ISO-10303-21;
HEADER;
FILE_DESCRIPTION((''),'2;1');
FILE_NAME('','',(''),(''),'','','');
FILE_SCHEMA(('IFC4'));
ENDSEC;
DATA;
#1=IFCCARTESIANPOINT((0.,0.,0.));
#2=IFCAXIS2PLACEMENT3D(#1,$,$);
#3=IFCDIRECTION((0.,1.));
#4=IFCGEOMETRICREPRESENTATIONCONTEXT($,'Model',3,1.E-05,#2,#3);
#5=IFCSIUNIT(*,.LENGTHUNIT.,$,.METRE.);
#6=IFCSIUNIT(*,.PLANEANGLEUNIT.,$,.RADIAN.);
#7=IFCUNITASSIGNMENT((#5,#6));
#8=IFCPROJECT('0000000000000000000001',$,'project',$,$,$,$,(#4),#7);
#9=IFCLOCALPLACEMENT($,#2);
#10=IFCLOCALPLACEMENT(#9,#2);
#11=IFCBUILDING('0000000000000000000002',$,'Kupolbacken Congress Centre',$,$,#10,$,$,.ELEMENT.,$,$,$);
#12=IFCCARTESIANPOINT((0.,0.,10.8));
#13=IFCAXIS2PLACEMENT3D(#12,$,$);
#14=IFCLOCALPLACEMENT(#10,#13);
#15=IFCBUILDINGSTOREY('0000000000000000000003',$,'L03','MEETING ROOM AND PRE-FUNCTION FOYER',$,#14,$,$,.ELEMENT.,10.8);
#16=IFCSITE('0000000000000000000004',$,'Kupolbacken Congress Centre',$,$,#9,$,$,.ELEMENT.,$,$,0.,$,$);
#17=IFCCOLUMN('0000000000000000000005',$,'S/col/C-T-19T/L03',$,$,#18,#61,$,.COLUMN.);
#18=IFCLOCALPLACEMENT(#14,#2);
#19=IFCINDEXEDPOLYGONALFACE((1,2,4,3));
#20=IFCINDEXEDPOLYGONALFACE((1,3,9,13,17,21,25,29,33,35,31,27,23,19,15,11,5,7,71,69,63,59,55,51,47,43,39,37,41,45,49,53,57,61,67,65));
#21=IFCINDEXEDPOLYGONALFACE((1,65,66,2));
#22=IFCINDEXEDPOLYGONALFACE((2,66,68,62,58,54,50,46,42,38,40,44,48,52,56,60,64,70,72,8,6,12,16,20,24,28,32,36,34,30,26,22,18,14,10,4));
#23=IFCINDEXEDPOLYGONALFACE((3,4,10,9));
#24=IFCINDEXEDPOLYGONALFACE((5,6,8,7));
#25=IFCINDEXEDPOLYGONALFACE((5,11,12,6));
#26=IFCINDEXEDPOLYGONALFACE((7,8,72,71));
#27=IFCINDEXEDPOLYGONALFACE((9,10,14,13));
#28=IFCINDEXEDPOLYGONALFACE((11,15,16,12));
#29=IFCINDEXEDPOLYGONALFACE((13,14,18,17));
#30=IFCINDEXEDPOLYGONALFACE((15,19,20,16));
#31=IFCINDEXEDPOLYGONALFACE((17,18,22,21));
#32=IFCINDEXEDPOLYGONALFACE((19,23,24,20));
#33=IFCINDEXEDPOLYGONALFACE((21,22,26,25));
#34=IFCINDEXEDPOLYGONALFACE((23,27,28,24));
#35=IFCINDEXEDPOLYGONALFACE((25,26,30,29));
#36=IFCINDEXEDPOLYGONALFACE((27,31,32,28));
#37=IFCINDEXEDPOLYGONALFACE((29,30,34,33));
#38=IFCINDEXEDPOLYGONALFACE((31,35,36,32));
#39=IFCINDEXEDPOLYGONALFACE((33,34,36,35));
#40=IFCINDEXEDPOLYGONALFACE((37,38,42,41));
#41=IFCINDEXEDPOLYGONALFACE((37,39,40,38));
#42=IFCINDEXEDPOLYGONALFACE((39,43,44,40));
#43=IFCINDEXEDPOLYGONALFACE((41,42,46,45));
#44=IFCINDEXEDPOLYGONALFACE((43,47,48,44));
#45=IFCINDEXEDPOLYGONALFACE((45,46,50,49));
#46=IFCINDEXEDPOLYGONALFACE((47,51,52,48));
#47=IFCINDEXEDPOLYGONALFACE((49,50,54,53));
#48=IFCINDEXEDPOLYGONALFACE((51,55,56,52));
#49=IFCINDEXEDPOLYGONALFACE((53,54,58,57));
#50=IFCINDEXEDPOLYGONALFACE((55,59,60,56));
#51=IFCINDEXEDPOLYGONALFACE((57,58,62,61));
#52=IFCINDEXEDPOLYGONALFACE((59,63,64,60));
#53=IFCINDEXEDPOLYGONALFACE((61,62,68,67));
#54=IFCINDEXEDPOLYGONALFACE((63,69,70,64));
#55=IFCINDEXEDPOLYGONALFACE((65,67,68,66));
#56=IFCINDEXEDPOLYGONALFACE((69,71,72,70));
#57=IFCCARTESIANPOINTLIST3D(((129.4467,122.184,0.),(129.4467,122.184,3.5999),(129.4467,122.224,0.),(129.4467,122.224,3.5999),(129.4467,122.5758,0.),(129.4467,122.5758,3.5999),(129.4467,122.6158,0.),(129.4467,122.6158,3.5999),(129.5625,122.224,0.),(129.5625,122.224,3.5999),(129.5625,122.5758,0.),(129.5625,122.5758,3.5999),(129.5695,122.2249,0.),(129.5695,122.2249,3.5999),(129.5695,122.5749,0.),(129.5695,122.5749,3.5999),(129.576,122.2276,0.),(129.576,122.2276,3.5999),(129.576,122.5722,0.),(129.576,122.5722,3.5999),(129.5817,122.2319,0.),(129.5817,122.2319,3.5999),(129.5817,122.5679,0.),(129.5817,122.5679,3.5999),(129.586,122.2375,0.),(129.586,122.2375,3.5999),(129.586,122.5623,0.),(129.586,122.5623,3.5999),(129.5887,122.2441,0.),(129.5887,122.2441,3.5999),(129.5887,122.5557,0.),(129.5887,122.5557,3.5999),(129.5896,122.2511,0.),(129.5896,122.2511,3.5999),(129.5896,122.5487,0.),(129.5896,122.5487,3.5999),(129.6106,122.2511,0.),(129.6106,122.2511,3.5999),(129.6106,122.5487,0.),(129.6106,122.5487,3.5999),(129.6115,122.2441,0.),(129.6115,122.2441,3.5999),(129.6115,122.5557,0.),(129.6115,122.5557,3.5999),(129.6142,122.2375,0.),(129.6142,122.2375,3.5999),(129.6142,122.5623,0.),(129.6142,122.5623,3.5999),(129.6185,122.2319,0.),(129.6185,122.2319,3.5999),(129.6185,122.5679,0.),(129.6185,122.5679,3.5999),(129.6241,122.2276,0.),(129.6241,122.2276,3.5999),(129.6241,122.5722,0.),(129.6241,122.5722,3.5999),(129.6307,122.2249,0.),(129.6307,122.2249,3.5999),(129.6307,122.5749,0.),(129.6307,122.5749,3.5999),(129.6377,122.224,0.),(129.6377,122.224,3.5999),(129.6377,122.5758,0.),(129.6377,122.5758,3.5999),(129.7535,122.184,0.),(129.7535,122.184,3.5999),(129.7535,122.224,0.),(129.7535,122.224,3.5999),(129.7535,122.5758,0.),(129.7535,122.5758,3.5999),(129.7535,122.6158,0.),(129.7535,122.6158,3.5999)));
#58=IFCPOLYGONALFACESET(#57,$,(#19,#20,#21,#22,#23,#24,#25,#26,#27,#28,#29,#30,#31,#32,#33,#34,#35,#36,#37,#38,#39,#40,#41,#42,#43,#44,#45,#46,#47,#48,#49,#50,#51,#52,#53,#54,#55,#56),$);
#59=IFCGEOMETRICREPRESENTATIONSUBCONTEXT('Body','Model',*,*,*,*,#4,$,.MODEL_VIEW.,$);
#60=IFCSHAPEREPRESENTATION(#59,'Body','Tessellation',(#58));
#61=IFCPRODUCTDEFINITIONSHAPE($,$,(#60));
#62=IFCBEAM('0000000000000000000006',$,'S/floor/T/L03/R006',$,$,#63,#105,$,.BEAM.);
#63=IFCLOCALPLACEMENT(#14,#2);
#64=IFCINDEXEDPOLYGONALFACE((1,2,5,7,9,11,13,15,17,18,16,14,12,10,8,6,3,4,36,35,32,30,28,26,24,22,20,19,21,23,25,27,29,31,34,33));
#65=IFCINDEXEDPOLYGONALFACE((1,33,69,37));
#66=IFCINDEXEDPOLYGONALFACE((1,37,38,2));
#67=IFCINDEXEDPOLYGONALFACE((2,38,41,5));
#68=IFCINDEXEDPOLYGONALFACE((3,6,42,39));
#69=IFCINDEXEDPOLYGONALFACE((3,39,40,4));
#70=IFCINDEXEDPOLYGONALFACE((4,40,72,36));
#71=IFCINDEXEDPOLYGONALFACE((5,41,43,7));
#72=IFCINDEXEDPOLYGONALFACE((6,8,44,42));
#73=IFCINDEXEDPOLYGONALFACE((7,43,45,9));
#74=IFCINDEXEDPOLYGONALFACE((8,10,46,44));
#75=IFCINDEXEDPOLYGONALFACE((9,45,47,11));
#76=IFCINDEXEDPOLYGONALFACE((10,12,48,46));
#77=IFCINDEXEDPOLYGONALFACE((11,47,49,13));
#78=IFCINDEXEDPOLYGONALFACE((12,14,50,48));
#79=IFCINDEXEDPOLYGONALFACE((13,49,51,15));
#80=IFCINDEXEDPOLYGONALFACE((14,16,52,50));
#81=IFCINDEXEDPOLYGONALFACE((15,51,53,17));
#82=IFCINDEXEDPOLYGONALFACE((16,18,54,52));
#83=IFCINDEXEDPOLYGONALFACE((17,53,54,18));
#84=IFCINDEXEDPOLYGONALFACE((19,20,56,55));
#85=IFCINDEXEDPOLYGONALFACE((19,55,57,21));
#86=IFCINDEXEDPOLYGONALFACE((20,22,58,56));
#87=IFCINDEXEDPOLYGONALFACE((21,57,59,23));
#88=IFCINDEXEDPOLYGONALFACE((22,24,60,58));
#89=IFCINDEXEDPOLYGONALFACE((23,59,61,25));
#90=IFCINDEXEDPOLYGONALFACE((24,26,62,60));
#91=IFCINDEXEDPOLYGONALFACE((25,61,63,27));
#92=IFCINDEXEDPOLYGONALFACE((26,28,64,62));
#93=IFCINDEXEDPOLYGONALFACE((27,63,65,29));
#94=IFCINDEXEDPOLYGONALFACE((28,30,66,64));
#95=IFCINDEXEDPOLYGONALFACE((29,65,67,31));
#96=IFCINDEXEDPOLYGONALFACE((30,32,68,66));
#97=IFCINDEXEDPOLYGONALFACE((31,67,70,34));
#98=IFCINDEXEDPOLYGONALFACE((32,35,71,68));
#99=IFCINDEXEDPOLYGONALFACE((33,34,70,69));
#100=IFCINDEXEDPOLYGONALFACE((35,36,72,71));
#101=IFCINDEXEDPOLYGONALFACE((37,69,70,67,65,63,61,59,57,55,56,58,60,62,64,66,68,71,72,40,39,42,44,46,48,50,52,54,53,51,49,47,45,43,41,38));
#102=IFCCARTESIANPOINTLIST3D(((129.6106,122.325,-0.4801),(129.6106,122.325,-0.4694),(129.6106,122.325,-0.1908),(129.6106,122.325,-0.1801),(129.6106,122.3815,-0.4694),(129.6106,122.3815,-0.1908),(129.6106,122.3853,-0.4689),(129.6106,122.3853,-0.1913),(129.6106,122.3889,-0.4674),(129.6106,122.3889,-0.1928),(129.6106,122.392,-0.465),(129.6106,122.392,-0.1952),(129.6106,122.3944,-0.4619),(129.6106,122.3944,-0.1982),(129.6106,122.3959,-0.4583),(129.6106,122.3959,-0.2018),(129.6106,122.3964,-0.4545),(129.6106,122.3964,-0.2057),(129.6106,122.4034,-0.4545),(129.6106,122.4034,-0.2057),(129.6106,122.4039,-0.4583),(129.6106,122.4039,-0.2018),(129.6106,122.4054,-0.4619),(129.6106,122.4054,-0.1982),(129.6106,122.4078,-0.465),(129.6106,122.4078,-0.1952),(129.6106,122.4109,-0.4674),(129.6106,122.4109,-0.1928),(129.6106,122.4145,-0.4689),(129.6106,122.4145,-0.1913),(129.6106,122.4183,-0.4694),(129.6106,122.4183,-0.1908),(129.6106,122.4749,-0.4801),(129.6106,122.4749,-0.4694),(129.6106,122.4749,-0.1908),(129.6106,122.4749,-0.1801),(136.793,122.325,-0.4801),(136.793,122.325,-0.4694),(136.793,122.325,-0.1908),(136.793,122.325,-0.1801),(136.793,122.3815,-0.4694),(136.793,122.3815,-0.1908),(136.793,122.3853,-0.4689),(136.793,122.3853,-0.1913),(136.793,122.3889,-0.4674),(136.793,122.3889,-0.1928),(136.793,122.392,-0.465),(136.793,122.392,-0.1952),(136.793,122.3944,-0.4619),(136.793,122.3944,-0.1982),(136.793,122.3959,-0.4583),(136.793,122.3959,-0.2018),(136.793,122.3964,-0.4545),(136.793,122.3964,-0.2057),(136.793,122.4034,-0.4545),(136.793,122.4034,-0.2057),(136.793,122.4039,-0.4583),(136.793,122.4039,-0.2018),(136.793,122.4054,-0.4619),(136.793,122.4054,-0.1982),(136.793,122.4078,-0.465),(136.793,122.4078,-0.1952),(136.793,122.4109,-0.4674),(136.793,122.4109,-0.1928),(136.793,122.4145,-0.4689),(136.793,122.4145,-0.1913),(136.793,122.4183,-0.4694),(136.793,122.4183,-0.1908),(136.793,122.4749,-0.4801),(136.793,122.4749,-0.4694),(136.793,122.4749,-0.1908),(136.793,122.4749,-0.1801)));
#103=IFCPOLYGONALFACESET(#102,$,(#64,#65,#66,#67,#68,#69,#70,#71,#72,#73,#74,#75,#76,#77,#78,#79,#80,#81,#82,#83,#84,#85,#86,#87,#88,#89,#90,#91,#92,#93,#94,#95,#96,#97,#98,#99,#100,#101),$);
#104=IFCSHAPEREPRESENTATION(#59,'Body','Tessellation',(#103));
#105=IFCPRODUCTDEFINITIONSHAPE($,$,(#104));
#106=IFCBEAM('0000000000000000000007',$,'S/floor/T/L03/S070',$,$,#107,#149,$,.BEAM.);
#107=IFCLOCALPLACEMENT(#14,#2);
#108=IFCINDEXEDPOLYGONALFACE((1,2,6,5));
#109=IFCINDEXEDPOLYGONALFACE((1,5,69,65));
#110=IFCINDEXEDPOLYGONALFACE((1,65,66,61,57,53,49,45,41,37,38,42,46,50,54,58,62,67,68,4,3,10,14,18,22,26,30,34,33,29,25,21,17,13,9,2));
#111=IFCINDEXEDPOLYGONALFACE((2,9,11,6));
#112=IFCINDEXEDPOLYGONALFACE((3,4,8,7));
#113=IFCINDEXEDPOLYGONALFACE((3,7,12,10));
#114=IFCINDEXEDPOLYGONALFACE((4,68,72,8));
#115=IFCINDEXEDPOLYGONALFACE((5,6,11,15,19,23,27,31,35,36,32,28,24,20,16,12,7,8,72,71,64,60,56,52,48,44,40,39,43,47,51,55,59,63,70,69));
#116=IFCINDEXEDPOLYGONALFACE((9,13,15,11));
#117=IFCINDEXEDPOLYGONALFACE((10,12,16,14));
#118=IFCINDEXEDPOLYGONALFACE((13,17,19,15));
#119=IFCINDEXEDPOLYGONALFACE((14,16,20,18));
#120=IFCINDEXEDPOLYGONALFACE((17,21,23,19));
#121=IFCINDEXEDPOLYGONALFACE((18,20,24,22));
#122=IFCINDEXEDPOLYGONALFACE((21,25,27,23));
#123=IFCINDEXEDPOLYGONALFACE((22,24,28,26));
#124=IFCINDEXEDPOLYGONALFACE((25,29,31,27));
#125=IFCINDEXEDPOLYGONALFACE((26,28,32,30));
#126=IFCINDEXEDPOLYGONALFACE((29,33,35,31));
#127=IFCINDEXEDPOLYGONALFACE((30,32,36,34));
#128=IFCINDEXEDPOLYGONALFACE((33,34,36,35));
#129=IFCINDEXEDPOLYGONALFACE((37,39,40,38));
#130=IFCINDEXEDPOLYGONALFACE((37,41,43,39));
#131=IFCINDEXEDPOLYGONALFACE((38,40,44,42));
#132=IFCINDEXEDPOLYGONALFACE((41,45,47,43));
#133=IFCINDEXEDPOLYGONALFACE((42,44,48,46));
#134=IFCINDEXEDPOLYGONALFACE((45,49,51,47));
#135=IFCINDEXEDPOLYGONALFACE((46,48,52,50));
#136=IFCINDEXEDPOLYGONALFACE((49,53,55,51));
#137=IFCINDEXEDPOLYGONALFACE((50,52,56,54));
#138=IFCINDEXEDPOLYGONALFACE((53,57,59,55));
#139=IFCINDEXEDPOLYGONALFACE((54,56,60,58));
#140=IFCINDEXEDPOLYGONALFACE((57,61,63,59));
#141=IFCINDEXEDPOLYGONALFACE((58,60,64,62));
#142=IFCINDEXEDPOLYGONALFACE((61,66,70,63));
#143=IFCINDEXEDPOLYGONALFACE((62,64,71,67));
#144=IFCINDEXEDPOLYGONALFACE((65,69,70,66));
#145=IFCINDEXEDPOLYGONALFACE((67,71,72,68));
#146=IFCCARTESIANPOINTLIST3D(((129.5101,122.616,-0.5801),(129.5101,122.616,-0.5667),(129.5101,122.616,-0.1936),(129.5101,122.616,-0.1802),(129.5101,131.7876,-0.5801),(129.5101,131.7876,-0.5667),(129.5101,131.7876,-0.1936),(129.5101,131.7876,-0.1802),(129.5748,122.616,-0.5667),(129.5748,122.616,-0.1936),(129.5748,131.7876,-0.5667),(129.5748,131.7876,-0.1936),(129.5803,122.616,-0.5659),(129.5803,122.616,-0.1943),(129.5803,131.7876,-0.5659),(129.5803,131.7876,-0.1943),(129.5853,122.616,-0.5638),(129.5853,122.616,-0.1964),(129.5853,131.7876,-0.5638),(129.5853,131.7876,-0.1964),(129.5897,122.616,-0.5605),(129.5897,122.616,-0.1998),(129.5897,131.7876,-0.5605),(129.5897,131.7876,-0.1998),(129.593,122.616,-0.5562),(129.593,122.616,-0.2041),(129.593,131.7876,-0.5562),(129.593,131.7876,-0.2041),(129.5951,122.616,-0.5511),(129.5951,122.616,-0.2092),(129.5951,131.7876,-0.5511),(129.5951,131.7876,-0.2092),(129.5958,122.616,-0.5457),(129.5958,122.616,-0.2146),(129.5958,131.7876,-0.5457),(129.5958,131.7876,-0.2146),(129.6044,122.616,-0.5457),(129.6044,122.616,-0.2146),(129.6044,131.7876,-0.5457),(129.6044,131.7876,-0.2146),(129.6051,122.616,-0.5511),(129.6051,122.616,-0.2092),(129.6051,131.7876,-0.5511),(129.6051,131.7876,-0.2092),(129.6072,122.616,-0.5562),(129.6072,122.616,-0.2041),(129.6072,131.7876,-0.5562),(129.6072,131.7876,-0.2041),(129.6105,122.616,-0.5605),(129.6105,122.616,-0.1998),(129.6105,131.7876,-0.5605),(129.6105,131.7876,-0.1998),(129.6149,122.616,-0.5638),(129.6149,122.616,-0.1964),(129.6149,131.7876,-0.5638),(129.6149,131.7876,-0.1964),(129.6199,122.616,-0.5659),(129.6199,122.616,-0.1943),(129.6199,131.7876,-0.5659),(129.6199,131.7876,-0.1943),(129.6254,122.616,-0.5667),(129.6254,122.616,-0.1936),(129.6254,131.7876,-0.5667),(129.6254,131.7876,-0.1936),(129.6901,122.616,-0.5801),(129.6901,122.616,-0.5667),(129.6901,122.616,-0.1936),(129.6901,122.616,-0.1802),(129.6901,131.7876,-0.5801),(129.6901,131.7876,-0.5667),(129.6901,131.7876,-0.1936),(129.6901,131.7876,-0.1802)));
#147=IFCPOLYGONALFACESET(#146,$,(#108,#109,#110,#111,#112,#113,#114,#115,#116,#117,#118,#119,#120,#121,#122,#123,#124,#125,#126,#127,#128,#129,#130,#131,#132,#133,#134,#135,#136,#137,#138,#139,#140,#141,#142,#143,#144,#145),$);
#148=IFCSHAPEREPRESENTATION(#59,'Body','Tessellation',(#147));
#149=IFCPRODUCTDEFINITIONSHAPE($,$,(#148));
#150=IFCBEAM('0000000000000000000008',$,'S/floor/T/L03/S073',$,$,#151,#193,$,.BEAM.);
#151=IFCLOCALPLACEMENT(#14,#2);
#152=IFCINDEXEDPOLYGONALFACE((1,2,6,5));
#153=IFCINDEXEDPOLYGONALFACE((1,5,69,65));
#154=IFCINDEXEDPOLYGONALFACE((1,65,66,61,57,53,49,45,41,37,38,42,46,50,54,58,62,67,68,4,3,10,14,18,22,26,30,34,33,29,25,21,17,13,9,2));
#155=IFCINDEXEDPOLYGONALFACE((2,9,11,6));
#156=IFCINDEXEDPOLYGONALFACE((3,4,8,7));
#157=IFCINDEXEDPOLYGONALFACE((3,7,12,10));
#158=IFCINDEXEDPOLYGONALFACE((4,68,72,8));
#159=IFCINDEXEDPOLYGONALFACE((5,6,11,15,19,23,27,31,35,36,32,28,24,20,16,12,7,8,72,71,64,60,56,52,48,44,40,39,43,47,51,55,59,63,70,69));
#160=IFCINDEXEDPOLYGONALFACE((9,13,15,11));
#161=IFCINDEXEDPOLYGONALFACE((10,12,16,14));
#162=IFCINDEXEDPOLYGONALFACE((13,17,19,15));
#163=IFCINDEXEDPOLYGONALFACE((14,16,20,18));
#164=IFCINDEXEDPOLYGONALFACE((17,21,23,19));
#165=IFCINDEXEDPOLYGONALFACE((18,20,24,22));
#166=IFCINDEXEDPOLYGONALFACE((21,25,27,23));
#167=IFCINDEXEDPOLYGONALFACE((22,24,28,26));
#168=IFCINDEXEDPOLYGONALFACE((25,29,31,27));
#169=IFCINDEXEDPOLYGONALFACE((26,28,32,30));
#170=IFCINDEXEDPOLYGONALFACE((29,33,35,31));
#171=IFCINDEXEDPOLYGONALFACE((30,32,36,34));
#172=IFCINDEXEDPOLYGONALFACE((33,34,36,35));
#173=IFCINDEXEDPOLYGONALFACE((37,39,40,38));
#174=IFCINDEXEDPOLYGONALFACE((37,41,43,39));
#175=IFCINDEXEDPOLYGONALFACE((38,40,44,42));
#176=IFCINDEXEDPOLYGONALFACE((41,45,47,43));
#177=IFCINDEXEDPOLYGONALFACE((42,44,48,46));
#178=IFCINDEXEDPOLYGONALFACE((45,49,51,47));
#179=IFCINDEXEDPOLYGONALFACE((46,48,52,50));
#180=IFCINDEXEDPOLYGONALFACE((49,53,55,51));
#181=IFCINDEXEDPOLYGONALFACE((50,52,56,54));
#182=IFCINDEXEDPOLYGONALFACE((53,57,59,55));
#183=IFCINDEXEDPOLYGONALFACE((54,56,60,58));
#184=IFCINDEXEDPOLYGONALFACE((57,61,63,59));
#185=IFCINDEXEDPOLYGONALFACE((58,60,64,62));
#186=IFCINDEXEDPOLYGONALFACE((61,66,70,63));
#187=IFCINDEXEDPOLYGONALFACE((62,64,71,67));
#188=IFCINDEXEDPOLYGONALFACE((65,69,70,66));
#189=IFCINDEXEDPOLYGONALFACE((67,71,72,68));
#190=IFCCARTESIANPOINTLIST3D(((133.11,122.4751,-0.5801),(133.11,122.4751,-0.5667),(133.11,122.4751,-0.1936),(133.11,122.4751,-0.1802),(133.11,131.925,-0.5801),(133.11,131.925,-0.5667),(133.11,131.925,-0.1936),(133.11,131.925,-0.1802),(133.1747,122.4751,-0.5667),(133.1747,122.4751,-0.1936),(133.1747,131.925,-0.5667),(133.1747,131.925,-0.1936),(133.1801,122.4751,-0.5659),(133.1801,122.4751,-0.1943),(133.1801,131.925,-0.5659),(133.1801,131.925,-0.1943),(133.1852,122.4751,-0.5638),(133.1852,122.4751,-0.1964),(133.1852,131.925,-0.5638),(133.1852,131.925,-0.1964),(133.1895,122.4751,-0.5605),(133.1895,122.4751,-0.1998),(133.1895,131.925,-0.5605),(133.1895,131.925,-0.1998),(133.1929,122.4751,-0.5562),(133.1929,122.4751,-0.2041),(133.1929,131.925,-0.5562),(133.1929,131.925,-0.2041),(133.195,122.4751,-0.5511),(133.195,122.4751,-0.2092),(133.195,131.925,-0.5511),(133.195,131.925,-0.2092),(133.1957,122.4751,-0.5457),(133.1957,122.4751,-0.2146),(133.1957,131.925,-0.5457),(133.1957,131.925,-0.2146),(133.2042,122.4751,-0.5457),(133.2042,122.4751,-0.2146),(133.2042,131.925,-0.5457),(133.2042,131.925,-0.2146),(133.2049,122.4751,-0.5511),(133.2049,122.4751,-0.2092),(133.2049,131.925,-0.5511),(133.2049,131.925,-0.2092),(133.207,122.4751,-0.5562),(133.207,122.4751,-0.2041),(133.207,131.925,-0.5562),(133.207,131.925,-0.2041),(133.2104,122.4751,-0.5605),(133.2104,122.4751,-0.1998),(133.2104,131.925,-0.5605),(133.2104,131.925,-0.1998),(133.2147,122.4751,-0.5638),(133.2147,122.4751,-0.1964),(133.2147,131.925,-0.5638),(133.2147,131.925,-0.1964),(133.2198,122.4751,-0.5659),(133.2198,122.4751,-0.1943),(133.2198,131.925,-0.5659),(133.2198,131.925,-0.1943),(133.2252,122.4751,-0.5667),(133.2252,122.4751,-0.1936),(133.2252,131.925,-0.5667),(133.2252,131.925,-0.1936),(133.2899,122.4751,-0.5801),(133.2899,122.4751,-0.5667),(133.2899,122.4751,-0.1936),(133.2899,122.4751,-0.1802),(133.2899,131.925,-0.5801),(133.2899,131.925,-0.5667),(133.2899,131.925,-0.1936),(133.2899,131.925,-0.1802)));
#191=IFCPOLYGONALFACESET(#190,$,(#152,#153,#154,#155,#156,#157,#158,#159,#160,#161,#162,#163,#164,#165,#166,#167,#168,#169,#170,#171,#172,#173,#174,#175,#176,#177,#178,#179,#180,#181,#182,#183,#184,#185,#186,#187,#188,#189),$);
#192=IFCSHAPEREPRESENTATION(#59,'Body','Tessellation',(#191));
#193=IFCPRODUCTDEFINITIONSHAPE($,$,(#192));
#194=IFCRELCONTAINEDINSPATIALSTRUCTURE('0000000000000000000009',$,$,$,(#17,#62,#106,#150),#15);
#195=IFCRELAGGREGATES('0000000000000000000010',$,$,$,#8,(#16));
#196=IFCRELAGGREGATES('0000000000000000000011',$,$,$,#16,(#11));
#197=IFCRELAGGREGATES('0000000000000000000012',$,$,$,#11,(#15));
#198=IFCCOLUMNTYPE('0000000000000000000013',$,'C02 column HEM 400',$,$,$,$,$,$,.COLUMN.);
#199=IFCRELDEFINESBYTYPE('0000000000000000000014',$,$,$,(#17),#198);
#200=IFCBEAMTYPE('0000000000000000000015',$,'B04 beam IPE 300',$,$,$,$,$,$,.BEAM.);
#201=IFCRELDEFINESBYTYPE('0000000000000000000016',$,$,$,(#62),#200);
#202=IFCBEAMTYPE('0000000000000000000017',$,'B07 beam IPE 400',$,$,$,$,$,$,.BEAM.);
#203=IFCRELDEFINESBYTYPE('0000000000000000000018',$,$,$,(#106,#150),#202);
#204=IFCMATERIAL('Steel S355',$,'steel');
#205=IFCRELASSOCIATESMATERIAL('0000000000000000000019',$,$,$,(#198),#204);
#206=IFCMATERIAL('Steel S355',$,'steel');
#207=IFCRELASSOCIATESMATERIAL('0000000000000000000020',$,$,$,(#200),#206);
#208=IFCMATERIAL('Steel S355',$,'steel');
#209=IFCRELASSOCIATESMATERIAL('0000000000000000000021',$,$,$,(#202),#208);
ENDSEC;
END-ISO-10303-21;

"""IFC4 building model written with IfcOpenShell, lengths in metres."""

from ifc_helpers import new_model, si_unit, direction, frame, origin, origin_2d, place, context, subcontext, project, spatial, i_section, extrude, material, material_profile, profile_set, type_object, element, save


model = new_model("IFC4")

# Units and contexts
model_context = context("Model", 3, precision=1e-05, world=origin(), true_north=direction((0.0, 1.0)))
body_context = subcontext(model_context, "Body", "Model", "MODEL_VIEW")
ifc_project = project(units=[si_unit("LENGTHUNIT", "METRE"), si_unit("PLANEANGLEUNIT", "RADIAN")], contexts=[model_context])

# Site, building, storey
site_placement = place(None, origin())
site = spatial("IfcSite", under=ifc_project, at=site_placement, Name="Kupolbacken Congress Centre", CompositionType="ELEMENT", RefElevation=0.0)
building_placement = place(site_placement, origin())
building = spatial("IfcBuilding", under=site, at=building_placement, Name="Kupolbacken Congress Centre", CompositionType="ELEMENT")
storey_placement = place(building_placement, frame((0.0, 0.0, 10.8)))
storey = spatial("IfcBuildingStorey", under=building, at=storey_placement, Name="L03", Description="MEETING ROOM AND PRE-FUNCTION FOYER", CompositionType="ELEMENT", Elevation=10.8)

# Column
ifc_material_1 = material(Name="Steel S355", Category="steel")
ifc_material_profile_1 = material_profile(ifc_material_1, i_section(OverallWidth=0.3069, OverallDepth=0.4319, WebThickness=0.021, FlangeThickness=0.04, FilletRadius=0.0271, at=origin_2d()), Name="HEM 400")
ifc_profile_set_1 = profile_set([ifc_material_profile_1], Name="Steel S355")
column_type = type_object("IfcColumnType", Name="C02 column HEM 400", PredefinedType="COLUMN", material=ifc_profile_set_1)
column_placement = place(storey_placement, frame((129.6001, 122.3999, 0.0), z_axis=(0.0, 0.0, 1.0), x_axis=(1.0, 0.0, 0.0)))
element("IfcColumn", 1, at=column_placement, inside=storey, type_object=column_type, Name="S/col/C-T-19T/L03", PredefinedType="COLUMN", context=body_context, shape_type="SweptSolid", body=[
    extrude(i_section(OverallWidth=0.3069, OverallDepth=0.4319, WebThickness=0.021, FlangeThickness=0.04, FilletRadius=0.0271, at=origin_2d()), origin(), (0.0, 0.0, 1.0), 3.5999),
])

# Beams
ifc_material_2 = material(Name="Steel S355", Category="steel")
ifc_material_profile_2 = material_profile(ifc_material_2, i_section(OverallWidth=0.1499, OverallDepth=0.3, WebThickness=0.0071, FlangeThickness=0.0107, FilletRadius=0.0149, at=origin_2d()), Name="IPE 300")
ifc_profile_set_2 = profile_set([ifc_material_profile_2], Name="Steel S355")
beam_type_1 = type_object("IfcBeamType", Name="B04 beam IPE 300", PredefinedType="BEAM", material=ifc_profile_set_2)
beam_1_placement = place(storey_placement, frame((129.6106, 122.3999, -0.3301), z_axis=(1.0, 0.0, 0.0), x_axis=(0.0, 1.0, 0.0)))
element("IfcBeam", 2, at=beam_1_placement, inside=storey, type_object=beam_type_1, Name="S/floor/T/L03/R006", PredefinedType="BEAM", context=body_context, shape_type="SweptSolid", body=[
    extrude(i_section(OverallWidth=0.1499, OverallDepth=0.3, WebThickness=0.0071, FlangeThickness=0.0107, FilletRadius=0.0149, at=origin_2d()), origin(), (0.0, 0.0, 1.0), 7.1824),
])
ifc_material_3 = material(Name="Steel S355", Category="steel")
ifc_material_profile_3 = material_profile(ifc_material_3, i_section(OverallWidth=0.1799, OverallDepth=0.3999, WebThickness=0.0085, FlangeThickness=0.0134, FilletRadius=0.021, at=origin_2d()), Name="IPE 400")
ifc_profile_set_3 = profile_set([ifc_material_profile_3], Name="Steel S355")
beam_type_2 = type_object("IfcBeamType", Name="B07 beam IPE 400", PredefinedType="BEAM", material=ifc_profile_set_3)
beam_2_placement = place(storey_placement, frame((129.6001, 122.616, -0.3801), z_axis=(0.0, 1.0, 0.0), x_axis=(-1.0, 0.0, 0.0)))
element("IfcBeam", 3, at=beam_2_placement, inside=storey, type_object=beam_type_2, Name="S/floor/T/L03/S070", PredefinedType="BEAM", context=body_context, shape_type="SweptSolid", body=[
    extrude(i_section(OverallWidth=0.1799, OverallDepth=0.3999, WebThickness=0.0085, FlangeThickness=0.0134, FilletRadius=0.021, at=origin_2d()), origin(), (0.0, 0.0, 1.0), 9.1716),
])
beam_3_placement = place(storey_placement, frame((133.2, 122.4751, -0.3801), z_axis=(0.0, 1.0, 0.0), x_axis=(-1.0, 0.0, 0.0)))
element("IfcBeam", 4, at=beam_3_placement, inside=storey, type_object=beam_type_2, Name="S/floor/T/L03/S073", PredefinedType="BEAM", context=body_context, shape_type="SweptSolid", body=[
    extrude(i_section(OverallWidth=0.1799, OverallDepth=0.3999, WebThickness=0.0085, FlangeThickness=0.0134, FilletRadius=0.021, at=origin_2d()), origin(), (0.0, 0.0, 1.0), 9.45),
])

save(model, "model.ifc")
